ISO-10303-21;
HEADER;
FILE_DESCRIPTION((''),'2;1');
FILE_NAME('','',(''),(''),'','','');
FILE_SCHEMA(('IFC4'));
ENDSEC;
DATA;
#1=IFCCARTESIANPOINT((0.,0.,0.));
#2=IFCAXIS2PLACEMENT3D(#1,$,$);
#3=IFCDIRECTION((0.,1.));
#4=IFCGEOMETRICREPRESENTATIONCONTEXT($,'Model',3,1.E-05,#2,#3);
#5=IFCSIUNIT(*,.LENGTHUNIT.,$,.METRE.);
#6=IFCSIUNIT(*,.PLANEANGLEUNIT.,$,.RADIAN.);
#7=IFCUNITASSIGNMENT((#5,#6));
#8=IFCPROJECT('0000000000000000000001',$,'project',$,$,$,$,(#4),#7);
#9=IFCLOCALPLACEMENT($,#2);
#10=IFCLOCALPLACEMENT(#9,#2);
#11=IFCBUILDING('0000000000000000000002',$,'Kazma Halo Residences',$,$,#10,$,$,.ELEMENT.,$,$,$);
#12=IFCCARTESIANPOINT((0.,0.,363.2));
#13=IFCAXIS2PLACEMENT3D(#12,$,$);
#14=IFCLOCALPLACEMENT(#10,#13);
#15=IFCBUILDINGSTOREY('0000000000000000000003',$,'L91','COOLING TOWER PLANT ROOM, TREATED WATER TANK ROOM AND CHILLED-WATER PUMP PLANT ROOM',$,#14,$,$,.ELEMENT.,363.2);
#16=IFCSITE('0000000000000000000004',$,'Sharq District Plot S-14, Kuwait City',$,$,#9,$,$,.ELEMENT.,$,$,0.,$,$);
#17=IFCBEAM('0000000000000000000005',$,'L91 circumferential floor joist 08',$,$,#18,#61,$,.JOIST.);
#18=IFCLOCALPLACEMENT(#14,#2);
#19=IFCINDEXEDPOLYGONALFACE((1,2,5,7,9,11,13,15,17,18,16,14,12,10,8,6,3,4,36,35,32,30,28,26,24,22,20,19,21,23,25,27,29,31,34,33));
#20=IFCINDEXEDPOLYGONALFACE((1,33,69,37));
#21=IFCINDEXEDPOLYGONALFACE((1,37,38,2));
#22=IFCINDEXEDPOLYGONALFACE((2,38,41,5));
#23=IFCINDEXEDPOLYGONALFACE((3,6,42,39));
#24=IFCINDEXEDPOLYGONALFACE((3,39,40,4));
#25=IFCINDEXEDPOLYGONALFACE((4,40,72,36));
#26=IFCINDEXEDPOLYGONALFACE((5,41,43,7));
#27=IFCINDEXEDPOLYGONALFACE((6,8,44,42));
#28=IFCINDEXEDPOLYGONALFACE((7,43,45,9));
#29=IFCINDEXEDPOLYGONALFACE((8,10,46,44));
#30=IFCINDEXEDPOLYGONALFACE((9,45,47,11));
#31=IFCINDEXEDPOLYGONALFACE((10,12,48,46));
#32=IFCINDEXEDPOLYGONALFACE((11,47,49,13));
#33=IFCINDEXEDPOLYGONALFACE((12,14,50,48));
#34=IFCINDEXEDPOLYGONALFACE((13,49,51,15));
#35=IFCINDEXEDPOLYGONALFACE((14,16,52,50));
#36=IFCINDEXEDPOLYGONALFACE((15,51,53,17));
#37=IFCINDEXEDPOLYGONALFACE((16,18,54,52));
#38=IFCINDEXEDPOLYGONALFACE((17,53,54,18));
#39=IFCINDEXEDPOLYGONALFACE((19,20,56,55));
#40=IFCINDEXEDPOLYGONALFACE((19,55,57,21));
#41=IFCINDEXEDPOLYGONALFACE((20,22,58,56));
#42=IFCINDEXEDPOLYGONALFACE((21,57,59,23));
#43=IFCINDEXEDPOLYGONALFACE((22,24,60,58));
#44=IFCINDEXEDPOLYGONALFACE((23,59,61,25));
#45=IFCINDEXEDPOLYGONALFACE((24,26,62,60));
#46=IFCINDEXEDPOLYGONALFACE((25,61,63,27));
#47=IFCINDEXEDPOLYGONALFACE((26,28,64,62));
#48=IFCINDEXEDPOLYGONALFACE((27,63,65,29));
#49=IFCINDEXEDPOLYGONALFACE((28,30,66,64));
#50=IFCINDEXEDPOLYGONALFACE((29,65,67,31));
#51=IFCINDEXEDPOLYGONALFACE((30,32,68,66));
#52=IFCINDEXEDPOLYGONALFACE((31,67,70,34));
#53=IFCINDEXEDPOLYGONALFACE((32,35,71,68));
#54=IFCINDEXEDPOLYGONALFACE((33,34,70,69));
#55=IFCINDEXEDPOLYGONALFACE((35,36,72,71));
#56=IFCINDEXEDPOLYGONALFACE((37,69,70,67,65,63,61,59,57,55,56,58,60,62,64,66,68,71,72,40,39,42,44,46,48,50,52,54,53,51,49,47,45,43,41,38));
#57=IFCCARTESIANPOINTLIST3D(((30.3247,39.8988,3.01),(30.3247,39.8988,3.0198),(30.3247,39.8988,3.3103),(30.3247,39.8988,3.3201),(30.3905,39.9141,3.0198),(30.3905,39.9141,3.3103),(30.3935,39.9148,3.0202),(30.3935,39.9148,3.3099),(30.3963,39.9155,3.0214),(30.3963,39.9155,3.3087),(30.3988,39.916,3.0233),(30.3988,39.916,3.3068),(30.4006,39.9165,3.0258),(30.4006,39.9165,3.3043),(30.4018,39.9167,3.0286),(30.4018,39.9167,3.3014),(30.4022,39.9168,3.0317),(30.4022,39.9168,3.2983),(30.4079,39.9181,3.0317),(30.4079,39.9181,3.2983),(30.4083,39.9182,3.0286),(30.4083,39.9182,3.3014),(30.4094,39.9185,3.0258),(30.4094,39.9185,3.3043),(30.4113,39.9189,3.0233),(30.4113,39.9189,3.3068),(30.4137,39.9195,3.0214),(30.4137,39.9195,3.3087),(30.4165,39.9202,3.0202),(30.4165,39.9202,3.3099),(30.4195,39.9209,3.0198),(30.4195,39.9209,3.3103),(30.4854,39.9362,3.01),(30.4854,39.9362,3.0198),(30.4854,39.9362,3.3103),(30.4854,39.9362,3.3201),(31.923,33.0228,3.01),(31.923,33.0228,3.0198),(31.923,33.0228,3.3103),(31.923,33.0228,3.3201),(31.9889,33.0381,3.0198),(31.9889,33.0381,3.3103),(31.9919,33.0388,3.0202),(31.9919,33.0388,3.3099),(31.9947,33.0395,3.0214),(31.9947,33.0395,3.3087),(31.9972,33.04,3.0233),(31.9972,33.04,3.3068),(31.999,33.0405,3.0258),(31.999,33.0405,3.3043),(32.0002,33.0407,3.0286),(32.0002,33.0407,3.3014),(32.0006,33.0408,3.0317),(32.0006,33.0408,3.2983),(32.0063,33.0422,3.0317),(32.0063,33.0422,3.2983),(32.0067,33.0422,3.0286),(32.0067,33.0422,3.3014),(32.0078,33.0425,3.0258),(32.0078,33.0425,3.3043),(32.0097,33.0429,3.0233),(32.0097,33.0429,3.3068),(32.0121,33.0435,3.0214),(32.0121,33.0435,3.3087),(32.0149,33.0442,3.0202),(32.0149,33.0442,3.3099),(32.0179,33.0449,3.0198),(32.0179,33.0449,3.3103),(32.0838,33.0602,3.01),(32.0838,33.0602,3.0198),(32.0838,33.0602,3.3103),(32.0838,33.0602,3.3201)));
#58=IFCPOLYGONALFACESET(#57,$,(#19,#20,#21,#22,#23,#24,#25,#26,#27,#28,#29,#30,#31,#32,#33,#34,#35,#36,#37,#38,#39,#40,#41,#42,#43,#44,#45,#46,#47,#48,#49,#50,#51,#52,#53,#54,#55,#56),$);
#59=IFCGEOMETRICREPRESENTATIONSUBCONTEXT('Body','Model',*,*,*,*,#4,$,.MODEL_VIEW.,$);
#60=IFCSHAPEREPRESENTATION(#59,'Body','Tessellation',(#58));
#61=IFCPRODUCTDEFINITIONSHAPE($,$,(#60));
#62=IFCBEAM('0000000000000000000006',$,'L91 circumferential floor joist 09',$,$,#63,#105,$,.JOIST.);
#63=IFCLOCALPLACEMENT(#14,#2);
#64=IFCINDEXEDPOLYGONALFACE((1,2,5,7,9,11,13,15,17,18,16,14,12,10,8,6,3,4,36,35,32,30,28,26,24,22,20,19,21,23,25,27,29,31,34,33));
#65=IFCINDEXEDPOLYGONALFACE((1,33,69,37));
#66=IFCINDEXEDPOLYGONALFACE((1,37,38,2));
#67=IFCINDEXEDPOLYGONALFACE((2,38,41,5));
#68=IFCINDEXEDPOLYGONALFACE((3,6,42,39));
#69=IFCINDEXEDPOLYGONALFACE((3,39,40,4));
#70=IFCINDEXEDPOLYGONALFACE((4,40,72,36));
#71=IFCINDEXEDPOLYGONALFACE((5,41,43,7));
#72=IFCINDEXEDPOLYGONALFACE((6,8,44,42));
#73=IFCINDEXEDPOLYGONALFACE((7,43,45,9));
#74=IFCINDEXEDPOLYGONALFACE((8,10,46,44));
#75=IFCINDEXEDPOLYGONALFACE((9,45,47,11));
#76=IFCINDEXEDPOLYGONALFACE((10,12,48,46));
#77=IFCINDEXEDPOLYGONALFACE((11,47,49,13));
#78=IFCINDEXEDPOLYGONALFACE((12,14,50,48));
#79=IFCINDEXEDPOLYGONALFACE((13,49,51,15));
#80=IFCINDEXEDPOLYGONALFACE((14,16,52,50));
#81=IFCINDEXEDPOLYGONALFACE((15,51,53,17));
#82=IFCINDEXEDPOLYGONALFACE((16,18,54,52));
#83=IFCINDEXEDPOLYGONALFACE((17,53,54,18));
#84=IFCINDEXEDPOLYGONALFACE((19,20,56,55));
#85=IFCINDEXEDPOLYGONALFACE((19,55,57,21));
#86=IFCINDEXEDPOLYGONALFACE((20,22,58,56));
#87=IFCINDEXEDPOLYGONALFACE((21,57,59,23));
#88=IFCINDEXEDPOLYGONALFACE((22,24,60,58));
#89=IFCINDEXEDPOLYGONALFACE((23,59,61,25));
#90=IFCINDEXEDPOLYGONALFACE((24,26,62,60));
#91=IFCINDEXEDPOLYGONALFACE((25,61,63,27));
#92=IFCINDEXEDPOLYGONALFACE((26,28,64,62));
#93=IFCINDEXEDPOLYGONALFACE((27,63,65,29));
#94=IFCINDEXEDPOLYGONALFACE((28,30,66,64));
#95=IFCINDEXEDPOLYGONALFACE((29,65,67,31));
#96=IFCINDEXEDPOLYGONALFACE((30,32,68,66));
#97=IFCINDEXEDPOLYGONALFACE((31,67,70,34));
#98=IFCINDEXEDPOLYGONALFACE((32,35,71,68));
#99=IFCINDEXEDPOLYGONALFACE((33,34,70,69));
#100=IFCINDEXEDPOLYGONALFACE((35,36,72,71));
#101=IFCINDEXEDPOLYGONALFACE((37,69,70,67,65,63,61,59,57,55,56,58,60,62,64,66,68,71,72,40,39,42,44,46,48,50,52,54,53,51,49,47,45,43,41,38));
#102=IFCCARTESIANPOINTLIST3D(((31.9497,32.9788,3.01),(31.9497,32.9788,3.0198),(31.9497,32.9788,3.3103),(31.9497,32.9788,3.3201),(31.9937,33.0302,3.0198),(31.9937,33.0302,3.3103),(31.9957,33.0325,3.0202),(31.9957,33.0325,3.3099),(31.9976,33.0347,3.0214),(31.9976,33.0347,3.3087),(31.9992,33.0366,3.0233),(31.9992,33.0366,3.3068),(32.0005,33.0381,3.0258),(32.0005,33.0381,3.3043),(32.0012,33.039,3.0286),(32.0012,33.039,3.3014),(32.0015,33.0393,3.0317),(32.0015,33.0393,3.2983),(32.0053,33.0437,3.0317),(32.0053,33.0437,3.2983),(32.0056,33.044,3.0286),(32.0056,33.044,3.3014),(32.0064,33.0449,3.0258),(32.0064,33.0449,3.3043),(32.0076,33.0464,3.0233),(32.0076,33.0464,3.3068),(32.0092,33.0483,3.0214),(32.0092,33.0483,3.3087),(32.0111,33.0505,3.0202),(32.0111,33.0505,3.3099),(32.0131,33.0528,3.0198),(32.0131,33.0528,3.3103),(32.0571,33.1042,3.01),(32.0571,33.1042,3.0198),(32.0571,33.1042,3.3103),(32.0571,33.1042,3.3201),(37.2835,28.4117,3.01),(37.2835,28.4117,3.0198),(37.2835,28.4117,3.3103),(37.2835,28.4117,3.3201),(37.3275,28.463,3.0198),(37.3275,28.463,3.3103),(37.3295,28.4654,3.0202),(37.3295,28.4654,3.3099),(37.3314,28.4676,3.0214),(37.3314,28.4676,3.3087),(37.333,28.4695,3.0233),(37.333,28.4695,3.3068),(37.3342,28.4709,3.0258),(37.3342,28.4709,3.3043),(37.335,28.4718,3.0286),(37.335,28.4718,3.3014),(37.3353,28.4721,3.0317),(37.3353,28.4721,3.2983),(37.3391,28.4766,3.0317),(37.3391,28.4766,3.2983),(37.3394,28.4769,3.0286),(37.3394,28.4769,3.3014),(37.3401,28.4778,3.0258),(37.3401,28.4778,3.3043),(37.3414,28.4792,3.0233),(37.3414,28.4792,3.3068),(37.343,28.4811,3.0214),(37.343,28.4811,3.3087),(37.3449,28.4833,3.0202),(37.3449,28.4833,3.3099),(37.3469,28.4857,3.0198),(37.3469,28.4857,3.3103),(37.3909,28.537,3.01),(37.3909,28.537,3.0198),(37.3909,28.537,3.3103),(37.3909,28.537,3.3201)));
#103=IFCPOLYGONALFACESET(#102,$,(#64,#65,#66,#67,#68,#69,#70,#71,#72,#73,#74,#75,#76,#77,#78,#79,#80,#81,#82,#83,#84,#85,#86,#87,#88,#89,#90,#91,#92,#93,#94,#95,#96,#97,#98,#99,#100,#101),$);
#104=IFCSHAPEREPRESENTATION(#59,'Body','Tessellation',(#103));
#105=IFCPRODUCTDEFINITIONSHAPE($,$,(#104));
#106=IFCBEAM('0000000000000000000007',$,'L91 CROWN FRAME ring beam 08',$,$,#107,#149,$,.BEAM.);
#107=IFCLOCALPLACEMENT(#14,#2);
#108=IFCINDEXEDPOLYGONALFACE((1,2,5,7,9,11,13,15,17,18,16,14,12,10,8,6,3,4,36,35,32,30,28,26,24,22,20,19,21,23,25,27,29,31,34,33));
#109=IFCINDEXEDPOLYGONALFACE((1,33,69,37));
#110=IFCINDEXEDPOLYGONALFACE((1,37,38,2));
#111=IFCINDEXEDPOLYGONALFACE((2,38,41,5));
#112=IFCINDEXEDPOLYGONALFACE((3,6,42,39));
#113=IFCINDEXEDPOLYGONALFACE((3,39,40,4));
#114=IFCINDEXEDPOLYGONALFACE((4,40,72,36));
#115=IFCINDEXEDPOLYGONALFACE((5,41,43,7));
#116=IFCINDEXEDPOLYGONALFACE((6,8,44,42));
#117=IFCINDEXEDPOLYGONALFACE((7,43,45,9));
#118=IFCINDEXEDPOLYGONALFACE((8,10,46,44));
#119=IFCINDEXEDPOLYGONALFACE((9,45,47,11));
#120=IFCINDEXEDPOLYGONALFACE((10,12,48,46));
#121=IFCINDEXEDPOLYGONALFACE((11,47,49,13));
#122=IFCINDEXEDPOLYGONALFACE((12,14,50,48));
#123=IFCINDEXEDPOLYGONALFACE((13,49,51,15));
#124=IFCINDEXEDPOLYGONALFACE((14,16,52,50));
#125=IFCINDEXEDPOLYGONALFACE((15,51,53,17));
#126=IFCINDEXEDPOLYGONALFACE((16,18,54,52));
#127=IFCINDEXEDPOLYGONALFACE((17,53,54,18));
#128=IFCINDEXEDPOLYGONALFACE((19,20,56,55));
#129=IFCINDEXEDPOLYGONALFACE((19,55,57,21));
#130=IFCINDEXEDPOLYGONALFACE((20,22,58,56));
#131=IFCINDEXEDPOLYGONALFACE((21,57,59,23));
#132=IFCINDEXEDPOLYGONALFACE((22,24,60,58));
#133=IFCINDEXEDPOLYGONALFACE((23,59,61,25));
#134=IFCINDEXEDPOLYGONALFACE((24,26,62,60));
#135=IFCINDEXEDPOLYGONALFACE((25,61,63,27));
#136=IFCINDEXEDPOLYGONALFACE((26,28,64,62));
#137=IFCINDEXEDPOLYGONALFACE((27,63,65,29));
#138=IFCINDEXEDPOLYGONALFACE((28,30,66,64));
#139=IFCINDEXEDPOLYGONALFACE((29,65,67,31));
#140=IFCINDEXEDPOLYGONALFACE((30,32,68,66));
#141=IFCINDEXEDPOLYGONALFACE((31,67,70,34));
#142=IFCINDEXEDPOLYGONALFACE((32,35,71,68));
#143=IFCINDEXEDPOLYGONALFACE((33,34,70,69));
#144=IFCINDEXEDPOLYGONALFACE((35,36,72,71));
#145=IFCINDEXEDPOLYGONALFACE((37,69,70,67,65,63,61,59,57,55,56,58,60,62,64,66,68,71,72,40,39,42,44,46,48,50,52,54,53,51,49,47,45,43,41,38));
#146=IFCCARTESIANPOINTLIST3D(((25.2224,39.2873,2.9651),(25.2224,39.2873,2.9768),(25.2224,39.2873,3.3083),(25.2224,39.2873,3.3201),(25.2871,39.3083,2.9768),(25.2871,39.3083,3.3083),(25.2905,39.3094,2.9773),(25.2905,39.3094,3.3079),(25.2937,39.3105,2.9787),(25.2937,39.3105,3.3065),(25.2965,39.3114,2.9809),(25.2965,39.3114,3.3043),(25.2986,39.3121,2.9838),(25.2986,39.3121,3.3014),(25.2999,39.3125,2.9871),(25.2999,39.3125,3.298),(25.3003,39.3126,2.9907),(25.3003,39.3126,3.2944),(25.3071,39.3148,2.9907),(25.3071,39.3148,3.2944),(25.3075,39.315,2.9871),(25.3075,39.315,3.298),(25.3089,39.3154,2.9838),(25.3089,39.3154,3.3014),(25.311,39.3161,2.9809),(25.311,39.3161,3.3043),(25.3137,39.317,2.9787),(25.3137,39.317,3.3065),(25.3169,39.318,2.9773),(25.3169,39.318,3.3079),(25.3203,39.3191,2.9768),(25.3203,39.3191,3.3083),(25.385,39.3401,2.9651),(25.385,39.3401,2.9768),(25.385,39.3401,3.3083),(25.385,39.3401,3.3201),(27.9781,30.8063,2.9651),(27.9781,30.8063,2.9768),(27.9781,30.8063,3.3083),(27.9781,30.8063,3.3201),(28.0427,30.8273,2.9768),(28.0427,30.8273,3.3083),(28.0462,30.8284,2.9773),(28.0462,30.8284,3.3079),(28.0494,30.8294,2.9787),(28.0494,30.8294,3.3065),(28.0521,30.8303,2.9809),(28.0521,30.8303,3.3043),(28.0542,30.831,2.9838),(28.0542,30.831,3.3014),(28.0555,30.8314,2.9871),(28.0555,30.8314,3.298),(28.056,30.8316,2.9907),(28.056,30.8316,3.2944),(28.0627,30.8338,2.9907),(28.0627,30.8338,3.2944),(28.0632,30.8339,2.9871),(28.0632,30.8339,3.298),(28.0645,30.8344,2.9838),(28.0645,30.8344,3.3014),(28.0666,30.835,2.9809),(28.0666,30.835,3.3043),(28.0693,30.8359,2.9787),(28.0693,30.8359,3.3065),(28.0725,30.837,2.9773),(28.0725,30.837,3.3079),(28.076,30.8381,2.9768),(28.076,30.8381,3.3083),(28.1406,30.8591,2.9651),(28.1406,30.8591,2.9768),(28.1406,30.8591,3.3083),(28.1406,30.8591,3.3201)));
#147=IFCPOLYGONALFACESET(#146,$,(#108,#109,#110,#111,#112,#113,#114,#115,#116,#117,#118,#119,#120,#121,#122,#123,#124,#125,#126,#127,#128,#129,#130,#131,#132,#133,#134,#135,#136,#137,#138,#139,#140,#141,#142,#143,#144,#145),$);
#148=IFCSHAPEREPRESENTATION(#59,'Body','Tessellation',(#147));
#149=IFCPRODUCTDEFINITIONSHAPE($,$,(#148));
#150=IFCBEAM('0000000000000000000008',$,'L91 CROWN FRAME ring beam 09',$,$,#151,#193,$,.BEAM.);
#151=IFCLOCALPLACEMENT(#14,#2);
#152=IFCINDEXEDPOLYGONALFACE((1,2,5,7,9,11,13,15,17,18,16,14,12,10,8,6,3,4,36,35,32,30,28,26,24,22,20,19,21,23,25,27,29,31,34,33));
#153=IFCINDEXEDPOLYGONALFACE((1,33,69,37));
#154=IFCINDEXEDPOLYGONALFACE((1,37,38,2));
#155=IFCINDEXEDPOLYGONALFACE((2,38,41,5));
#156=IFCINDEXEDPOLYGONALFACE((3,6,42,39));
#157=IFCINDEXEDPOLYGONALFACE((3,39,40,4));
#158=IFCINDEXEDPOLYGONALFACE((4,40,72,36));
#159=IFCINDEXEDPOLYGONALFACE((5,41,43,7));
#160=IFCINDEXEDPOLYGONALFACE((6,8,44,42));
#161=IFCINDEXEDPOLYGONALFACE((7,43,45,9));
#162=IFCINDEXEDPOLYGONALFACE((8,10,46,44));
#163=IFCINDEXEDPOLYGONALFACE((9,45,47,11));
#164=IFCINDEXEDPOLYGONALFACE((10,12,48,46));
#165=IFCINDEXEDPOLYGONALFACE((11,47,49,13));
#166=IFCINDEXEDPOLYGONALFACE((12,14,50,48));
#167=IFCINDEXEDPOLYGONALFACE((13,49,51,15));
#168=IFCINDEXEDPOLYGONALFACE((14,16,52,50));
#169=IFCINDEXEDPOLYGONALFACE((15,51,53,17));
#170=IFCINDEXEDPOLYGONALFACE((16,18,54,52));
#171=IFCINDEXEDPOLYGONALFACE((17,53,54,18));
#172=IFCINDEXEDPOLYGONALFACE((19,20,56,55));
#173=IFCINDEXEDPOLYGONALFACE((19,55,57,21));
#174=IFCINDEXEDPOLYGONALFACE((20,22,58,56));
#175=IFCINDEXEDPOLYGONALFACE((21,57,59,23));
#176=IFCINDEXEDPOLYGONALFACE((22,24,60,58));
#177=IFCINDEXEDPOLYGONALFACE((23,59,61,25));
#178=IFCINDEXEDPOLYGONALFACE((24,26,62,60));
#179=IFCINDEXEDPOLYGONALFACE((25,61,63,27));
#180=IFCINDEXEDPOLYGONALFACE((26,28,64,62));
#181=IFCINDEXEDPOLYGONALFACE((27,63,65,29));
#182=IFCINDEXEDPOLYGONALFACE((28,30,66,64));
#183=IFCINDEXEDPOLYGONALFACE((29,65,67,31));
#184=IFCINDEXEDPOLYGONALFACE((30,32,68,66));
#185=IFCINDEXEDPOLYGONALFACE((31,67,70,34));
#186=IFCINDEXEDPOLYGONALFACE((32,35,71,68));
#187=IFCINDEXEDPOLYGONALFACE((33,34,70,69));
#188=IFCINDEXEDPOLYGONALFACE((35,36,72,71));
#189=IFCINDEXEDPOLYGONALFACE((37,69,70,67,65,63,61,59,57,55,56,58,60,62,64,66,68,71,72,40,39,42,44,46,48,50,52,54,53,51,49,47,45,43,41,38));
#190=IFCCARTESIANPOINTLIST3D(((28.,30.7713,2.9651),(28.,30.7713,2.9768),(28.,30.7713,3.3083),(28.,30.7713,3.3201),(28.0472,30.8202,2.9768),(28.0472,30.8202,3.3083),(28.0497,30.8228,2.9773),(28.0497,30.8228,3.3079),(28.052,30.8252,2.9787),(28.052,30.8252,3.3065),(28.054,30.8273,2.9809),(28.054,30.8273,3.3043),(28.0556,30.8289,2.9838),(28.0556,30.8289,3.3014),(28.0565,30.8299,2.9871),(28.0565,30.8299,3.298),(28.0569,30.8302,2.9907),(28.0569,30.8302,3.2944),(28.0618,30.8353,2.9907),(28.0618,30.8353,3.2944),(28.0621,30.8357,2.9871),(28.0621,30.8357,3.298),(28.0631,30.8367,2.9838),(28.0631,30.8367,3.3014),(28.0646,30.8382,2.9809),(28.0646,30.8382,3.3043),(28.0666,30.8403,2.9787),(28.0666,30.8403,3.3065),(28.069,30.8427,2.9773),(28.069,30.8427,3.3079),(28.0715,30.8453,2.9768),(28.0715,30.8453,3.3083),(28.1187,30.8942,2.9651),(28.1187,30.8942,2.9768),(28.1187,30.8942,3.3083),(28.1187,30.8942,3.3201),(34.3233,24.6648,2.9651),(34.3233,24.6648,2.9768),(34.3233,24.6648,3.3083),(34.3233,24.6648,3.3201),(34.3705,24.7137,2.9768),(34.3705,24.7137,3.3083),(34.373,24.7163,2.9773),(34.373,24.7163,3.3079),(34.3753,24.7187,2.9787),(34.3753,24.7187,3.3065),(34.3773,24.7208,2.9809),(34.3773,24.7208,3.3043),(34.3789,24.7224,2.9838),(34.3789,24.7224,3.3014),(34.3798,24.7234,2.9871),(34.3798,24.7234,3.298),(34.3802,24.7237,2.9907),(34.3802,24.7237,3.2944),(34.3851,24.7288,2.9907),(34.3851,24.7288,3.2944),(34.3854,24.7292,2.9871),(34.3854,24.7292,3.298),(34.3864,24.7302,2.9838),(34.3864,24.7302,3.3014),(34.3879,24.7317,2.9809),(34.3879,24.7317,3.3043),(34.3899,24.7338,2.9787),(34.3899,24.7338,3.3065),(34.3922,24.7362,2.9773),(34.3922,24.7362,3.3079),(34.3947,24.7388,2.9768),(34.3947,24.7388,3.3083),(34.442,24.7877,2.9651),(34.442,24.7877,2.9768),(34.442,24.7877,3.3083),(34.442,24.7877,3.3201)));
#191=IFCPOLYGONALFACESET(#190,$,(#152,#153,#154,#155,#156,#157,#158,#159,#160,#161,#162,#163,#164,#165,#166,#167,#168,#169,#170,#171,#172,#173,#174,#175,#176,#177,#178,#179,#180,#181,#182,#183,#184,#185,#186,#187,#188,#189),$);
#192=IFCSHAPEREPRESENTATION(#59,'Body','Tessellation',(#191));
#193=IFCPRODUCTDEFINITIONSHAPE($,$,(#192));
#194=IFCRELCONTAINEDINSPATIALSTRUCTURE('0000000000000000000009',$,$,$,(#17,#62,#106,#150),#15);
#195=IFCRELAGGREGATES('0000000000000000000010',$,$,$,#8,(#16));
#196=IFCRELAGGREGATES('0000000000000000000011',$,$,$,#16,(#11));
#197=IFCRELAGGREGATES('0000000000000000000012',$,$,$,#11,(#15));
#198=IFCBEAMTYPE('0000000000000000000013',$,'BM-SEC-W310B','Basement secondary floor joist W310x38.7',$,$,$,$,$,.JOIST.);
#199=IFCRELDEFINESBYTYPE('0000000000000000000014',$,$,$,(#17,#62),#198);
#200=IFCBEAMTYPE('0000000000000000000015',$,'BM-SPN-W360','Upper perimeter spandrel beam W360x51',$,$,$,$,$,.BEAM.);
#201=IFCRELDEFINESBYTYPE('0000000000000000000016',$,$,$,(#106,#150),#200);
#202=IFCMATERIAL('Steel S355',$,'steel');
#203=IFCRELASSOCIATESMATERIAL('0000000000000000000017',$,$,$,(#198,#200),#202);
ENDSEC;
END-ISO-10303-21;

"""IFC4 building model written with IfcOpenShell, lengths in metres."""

from ifc_helpers import new_model, si_unit, direction, frame, origin, origin_2d, place, context, subcontext, project, spatial, i_section, extrude, material, material_profile, profile_set, type_object, element, save


model = new_model("IFC4")

# Units and contexts
model_context = context("Model", 3, precision=1e-05, world=origin(), true_north=direction((0.0, 1.0)))
body_context = subcontext(model_context, "Body", "Model", "MODEL_VIEW")
ifc_project = project(units=[si_unit("LENGTHUNIT", "METRE"), si_unit("PLANEANGLEUNIT", "RADIAN")], contexts=[model_context])

# Site, building, storey
site_placement = place(None, origin())
site = spatial("IfcSite", under=ifc_project, at=site_placement, Name="Sharq District Plot S-14, Kuwait City", CompositionType="ELEMENT", RefElevation=0.0)
building_placement = place(site_placement, origin())
building = spatial("IfcBuilding", under=site, at=building_placement, Name="Kazma Halo Residences", CompositionType="ELEMENT")
storey_placement = place(building_placement, frame((0.0, 0.0, 363.2)))
storey = spatial("IfcBuildingStorey", under=building, at=storey_placement, Name="L91", Description="COOLING TOWER PLANT ROOM, TREATED WATER TANK ROOM AND CHILLED-WATER PUMP PLANT ROOM", CompositionType="ELEMENT", Elevation=363.2)

# Shared definitions
ifc_material_1 = material(Name="Steel S355", Category="steel")

# Beams
ifc_material_profile_1 = material_profile(ifc_material_1, i_section(OverallWidth=0.165, OverallDepth=0.3101, WebThickness=0.0059, FlangeThickness=0.0098, FilletRadius=0.012, at=origin_2d()), Name="W310x38.7")
ifc_profile_set_1 = profile_set([ifc_material_profile_1], Name="Steel S355")
beam_type_1 = type_object("IfcBeamType", Name="BM-SEC-W310B", Description="Basement secondary floor joist W310x38.7", PredefinedType="JOIST", material=ifc_profile_set_1)
beam_1_placement = place(storey_placement, frame((30.405, 39.9175, 3.165), z_axis=(0.226423, -0.974029, 0.0), x_axis=(0.974029, 0.226423, 0.0)))
element("IfcBeam", 1, at=beam_1_placement, inside=storey, type_object=beam_type_1, Name="L91 circumferential floor joist 08", PredefinedType="JOIST", context=body_context, shape_type="SweptSolid", body=[
    extrude(i_section(OverallWidth=0.165, OverallDepth=0.3101, WebThickness=0.0059, FlangeThickness=0.0098, FilletRadius=0.012, at=origin_2d()), origin(), (0.0, 0.0, 1.0), 7.0593),
])
beam_2_placement = place(storey_placement, frame((32.0034, 33.0415, 3.165), z_axis=(0.759583, -0.65041, 0.0), x_axis=(0.65041, 0.759583, 0.0)))
element("IfcBeam", 2, at=beam_2_placement, inside=storey, type_object=beam_type_1, Name="L91 circumferential floor joist 09", PredefinedType="JOIST", context=body_context, shape_type="SweptSolid", body=[
    extrude(i_section(OverallWidth=0.165, OverallDepth=0.3101, WebThickness=0.0059, FlangeThickness=0.0098, FilletRadius=0.012, at=origin_2d()), origin(), (0.0, 0.0, 1.0), 7.022),
])
ifc_material_profile_2 = material_profile(ifc_material_1, i_section(OverallWidth=0.1709, OverallDepth=0.355, WebThickness=0.0071, FlangeThickness=0.0117, FilletRadius=0.0139, at=origin_2d()), Name="W360x51")
ifc_profile_set_2 = profile_set([ifc_material_profile_2], Name="Steel S355")
beam_type_2 = type_object("IfcBeamType", Name="BM-SPN-W360", Description="Upper perimeter spandrel beam W360x51", PredefinedType="BEAM", material=ifc_profile_set_2)
beam_3_placement = place(storey_placement, frame((25.3037, 39.3137, 3.1426), z_axis=(0.309015, -0.951057, 0.0), x_axis=(0.951057, 0.309015, 0.0)))
element("IfcBeam", 3, at=beam_3_placement, inside=storey, type_object=beam_type_2, Name="L91 CROWN FRAME ring beam 08", PredefinedType="BEAM", context=body_context, shape_type="SweptSolid", body=[
    extrude(i_section(OverallWidth=0.1709, OverallDepth=0.355, WebThickness=0.0071, FlangeThickness=0.0117, FilletRadius=0.0139, at=origin_2d()), origin(), (0.0, 0.0, 1.0), 8.9175),
])
beam_4_placement = place(storey_placement, frame((28.0593, 30.8328, 3.1426), z_axis=(0.719331, -0.694668, 0.0), x_axis=(0.694668, 0.719331, 0.0)))
element("IfcBeam", 4, at=beam_4_placement, inside=storey, type_object=beam_type_2, Name="L91 CROWN FRAME ring beam 09", PredefinedType="BEAM", context=body_context, shape_type="SweptSolid", body=[
    extrude(i_section(OverallWidth=0.1709, OverallDepth=0.355, WebThickness=0.0071, FlangeThickness=0.0117, FilletRadius=0.0139, at=origin_2d()), origin(), (0.0, 0.0, 1.0), 8.7905),
])

save(model, "model.ifc")
